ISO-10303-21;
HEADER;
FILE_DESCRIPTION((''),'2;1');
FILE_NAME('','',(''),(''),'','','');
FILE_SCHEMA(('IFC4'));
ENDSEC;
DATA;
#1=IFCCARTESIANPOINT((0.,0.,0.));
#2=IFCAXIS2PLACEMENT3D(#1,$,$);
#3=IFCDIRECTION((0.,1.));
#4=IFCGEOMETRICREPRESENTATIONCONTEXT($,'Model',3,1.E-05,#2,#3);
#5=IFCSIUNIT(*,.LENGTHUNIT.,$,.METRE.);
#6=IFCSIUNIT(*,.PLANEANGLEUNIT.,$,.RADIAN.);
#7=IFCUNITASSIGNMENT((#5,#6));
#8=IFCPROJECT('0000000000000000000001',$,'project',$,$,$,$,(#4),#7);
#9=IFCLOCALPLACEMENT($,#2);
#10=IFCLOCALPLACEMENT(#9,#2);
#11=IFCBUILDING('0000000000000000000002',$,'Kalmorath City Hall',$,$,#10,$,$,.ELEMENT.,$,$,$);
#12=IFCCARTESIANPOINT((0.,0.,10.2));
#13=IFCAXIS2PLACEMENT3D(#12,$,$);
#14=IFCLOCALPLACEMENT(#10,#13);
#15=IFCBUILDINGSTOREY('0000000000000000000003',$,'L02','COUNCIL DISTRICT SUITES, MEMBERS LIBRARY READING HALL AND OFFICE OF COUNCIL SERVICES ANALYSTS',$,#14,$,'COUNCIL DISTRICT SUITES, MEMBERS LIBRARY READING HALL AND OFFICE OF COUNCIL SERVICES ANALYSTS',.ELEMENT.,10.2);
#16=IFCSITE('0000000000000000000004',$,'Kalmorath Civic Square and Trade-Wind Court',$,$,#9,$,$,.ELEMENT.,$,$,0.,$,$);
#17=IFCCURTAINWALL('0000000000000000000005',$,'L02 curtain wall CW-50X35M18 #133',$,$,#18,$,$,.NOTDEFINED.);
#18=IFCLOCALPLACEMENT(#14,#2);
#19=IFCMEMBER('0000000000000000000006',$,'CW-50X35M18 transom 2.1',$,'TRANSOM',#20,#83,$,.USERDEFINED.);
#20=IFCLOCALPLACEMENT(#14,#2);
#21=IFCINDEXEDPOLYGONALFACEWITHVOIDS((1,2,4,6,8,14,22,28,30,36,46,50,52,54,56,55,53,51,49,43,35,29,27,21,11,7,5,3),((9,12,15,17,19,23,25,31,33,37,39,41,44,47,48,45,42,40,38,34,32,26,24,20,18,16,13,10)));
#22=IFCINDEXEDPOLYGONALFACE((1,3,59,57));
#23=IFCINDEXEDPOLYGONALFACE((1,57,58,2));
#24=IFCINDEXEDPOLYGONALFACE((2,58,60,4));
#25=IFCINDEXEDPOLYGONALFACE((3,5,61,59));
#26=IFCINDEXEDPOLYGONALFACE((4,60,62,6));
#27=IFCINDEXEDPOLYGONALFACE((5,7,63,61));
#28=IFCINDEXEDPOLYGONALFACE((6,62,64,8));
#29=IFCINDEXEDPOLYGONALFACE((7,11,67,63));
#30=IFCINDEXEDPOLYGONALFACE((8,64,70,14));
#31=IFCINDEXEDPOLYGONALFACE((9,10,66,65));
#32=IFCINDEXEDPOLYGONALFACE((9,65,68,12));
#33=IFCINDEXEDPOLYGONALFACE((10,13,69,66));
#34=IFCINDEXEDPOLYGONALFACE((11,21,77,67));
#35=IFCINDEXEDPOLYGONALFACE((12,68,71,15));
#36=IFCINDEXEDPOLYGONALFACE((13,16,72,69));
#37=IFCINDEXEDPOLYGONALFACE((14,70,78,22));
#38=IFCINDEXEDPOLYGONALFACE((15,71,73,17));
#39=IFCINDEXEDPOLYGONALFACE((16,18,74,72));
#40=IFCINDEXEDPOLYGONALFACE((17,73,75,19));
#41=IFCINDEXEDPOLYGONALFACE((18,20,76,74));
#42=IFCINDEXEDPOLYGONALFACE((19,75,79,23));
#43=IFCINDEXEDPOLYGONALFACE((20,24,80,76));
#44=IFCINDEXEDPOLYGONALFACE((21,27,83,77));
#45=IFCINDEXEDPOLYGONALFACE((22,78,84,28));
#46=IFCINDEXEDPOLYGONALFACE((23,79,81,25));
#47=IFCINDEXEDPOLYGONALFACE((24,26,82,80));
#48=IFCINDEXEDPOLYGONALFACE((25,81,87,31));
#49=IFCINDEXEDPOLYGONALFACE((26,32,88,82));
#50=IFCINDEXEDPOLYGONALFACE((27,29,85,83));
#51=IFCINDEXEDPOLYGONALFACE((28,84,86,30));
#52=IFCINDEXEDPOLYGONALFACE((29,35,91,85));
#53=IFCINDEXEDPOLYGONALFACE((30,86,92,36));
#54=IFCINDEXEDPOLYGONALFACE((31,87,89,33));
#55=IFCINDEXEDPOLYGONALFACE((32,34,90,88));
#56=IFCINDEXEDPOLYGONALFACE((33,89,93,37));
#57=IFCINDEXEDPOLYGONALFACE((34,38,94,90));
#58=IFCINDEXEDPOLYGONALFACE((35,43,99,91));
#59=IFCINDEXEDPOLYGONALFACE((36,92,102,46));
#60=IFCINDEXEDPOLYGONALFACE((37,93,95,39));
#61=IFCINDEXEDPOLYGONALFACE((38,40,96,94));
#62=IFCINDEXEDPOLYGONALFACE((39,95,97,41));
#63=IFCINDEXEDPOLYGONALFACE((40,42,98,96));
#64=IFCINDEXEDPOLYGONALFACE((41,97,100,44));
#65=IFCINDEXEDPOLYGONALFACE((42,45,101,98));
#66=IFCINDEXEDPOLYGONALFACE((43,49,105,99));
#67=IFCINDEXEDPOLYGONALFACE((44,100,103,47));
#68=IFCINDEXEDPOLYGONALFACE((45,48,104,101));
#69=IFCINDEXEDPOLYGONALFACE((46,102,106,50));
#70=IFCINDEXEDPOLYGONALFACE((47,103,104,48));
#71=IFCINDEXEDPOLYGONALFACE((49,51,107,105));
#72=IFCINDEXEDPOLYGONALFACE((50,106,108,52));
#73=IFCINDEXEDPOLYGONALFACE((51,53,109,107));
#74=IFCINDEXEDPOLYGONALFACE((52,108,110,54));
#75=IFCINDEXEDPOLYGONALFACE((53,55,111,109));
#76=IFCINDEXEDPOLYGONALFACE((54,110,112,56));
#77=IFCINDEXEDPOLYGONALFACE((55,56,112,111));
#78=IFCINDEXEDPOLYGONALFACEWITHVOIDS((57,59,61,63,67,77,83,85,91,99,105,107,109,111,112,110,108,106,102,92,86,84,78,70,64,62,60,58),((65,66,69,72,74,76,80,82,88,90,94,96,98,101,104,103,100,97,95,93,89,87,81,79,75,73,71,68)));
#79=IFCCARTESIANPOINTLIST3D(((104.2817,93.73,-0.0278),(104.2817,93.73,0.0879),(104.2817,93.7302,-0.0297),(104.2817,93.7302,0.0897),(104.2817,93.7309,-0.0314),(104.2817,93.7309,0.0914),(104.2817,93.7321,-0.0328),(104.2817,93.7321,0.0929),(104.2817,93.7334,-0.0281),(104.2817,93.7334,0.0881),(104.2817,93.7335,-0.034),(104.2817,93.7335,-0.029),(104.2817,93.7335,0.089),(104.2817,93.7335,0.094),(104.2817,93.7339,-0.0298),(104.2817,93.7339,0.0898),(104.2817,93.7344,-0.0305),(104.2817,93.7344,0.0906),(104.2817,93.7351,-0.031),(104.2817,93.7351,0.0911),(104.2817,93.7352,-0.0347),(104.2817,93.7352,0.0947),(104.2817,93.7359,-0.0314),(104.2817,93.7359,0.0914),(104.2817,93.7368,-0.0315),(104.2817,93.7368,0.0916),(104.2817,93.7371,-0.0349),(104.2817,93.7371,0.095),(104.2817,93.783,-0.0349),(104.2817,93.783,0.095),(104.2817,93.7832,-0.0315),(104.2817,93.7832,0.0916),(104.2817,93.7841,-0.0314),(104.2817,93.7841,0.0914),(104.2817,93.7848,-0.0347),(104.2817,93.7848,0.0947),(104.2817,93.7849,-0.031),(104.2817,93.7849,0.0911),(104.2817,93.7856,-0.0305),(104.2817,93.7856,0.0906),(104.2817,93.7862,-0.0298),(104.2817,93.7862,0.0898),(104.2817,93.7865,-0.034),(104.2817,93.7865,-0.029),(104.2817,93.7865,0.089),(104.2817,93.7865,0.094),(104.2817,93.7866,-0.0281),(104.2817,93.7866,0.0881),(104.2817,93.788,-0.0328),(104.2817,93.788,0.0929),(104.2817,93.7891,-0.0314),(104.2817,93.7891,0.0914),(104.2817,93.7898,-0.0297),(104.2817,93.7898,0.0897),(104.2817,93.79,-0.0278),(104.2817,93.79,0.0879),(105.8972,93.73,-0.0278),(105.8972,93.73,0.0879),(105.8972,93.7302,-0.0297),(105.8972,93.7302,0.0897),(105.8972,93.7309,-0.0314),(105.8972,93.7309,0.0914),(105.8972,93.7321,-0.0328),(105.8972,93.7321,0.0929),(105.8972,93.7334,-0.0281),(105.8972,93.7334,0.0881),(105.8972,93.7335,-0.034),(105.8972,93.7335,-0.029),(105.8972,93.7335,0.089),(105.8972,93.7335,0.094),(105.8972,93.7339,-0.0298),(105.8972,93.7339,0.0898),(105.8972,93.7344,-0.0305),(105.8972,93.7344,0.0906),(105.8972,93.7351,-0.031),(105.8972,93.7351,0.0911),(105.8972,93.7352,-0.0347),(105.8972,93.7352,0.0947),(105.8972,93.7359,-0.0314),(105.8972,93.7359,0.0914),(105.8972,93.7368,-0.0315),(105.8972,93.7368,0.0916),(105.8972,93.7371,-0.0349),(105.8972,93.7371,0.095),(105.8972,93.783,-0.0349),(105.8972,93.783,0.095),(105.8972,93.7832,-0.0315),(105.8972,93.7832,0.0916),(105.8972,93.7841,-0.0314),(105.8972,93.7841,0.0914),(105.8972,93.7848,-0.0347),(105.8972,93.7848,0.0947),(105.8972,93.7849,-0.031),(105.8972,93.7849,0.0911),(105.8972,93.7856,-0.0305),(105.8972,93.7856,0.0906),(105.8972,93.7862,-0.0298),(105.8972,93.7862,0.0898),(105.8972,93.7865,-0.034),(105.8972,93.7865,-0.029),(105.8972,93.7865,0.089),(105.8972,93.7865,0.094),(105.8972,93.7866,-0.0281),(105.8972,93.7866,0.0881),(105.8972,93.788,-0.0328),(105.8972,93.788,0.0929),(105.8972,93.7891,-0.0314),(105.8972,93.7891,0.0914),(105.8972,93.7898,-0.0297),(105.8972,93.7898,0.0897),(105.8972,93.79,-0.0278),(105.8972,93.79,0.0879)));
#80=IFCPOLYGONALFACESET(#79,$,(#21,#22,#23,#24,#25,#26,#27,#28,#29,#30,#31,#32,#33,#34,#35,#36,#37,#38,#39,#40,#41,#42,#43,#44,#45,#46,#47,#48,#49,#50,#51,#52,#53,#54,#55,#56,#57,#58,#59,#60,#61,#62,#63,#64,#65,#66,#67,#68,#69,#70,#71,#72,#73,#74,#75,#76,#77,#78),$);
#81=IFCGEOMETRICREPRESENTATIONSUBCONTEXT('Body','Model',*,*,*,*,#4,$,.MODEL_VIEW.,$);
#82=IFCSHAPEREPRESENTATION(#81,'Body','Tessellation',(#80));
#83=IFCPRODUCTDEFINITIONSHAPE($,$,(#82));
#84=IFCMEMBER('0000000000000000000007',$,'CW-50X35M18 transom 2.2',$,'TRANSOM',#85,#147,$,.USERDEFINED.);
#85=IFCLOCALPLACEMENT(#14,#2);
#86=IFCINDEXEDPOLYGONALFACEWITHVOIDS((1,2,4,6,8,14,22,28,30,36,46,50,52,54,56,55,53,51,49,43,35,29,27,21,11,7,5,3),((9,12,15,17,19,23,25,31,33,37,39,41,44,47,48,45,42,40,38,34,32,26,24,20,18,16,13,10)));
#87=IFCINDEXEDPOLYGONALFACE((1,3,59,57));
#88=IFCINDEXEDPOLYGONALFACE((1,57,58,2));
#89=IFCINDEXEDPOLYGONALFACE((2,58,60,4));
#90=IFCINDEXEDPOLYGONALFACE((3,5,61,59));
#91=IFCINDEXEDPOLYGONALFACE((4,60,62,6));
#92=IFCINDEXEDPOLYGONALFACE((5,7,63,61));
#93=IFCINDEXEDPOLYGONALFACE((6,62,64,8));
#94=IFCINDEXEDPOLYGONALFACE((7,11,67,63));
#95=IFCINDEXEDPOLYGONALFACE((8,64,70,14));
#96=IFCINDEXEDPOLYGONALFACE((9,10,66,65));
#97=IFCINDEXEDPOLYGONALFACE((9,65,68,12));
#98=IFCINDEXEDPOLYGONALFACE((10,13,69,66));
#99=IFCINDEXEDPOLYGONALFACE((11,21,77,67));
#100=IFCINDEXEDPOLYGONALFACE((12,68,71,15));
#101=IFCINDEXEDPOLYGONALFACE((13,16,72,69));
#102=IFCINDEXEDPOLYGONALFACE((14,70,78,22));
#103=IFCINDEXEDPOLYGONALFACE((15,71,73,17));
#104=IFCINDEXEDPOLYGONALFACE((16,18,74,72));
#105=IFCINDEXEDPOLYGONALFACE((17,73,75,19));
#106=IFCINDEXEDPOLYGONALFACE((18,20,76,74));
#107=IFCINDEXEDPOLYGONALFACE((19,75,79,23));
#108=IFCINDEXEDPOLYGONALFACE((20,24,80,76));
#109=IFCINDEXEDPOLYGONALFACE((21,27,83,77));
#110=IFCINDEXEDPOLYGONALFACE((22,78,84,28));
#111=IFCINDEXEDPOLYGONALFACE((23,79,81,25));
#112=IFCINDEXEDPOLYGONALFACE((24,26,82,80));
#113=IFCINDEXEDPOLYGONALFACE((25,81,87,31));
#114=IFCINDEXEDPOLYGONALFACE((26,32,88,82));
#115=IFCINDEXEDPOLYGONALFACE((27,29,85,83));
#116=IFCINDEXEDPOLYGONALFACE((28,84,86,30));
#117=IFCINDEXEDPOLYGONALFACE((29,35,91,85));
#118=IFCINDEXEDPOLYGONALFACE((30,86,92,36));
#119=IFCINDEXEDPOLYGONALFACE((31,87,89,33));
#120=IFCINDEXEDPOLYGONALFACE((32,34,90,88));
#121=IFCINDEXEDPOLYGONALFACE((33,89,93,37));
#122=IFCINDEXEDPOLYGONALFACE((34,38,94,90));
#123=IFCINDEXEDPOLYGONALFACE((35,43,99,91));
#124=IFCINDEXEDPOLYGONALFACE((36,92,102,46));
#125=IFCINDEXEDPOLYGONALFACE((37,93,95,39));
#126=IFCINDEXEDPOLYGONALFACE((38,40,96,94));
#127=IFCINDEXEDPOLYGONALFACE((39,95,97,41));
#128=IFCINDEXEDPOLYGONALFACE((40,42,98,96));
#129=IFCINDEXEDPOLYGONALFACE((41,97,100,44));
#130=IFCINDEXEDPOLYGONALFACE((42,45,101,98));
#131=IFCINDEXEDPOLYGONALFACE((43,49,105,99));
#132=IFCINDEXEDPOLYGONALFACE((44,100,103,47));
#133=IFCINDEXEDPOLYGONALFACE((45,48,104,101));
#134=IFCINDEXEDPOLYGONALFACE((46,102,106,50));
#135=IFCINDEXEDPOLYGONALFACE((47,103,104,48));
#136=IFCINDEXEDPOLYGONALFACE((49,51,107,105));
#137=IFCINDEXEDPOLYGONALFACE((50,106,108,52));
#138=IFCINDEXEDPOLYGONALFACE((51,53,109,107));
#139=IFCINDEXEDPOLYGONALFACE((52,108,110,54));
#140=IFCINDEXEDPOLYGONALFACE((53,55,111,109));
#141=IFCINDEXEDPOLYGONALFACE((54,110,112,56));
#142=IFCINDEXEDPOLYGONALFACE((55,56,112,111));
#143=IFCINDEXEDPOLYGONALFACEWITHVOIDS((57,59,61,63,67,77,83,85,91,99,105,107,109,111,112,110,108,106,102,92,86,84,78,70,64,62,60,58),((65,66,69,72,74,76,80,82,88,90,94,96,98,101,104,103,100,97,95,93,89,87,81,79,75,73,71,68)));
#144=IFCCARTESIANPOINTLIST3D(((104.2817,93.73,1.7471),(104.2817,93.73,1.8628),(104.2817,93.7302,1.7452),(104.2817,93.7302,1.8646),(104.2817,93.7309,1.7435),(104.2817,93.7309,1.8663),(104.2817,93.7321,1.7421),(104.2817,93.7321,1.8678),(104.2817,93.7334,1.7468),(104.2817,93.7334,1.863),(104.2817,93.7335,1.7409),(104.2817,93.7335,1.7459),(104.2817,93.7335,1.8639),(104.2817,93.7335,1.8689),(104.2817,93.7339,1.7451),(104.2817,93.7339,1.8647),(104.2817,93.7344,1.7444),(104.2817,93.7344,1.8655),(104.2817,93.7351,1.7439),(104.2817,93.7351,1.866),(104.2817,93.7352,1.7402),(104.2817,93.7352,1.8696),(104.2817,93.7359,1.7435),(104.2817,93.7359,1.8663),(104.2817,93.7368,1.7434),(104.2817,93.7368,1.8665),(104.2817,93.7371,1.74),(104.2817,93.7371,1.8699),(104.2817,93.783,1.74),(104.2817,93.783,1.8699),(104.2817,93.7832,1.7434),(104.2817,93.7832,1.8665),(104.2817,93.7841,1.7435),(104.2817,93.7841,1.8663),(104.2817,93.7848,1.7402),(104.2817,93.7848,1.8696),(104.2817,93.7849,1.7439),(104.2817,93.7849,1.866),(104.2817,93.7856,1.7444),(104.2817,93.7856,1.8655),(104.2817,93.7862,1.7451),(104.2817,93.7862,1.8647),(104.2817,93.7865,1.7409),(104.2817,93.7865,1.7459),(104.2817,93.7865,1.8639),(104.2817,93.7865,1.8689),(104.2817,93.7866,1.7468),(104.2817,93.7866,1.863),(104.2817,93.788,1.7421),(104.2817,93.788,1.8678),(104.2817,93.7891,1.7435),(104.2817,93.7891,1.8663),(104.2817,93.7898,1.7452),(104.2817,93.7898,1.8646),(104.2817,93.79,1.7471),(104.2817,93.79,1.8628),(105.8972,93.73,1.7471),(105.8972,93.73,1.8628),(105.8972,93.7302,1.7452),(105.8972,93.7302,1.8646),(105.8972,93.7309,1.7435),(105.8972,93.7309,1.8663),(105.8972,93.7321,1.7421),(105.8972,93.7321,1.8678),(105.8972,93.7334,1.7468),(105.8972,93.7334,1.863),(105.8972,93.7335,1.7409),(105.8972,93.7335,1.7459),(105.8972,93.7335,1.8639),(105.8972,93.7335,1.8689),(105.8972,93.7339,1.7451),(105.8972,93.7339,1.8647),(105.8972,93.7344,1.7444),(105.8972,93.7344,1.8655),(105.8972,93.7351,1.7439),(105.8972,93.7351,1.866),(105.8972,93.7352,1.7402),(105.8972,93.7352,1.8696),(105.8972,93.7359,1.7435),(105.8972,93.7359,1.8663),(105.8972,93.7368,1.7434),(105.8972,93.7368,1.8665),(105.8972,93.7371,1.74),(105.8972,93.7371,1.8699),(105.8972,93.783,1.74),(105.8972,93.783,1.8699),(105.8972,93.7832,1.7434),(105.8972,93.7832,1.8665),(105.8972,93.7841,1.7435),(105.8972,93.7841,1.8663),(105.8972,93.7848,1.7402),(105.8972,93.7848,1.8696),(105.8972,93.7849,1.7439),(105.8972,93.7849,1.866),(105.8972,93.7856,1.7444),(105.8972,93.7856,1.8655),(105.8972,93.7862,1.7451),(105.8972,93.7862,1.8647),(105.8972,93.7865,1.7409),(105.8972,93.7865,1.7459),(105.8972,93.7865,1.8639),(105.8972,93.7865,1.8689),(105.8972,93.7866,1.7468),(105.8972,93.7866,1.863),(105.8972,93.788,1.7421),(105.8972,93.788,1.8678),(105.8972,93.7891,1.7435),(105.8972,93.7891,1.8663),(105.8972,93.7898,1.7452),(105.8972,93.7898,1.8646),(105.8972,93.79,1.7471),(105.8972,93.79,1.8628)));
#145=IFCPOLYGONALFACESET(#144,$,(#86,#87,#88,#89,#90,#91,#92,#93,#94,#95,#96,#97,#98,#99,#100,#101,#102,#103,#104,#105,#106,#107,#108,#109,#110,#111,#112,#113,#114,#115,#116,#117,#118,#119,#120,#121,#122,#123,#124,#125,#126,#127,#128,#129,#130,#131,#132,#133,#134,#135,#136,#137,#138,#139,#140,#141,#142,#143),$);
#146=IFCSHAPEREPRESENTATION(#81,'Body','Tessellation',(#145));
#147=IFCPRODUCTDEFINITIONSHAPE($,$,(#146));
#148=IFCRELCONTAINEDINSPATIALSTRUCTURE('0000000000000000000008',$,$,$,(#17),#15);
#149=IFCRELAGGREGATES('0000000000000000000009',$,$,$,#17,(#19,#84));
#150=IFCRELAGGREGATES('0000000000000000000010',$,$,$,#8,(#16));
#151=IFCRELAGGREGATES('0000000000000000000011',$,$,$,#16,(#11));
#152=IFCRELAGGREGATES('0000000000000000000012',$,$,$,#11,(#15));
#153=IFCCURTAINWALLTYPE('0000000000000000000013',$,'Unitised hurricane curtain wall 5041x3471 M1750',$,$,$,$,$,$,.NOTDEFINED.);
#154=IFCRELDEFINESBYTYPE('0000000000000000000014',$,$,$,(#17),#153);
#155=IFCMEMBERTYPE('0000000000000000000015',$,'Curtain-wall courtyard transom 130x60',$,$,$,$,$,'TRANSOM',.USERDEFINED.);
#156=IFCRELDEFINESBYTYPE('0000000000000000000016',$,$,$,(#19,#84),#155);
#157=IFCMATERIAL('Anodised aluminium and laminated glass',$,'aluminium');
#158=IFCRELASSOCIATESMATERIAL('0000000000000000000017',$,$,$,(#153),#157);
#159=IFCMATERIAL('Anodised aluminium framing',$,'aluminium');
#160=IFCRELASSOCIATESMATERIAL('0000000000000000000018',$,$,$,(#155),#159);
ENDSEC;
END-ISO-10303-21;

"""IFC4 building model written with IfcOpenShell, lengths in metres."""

from ifc_helpers import new_model, si_unit, direction, frame, origin, origin_2d, place, context, subcontext, project, spatial, hollow_rectangle, extrude, material, material_profile, profile_set, type_object, element, aggregate, save


model = new_model("IFC4")

# Units and contexts
model_context = context("Model", 3, precision=1e-05, world=origin(), true_north=direction((0.0, 1.0)))
body_context = subcontext(model_context, "Body", "Model", "MODEL_VIEW")
ifc_project = project(units=[si_unit("LENGTHUNIT", "METRE"), si_unit("PLANEANGLEUNIT", "RADIAN")], contexts=[model_context])

# Site, building, storey
site_placement = place(None, origin())
site = spatial("IfcSite", under=ifc_project, at=site_placement, Name="Kalmorath Civic Square and Trade-Wind Court", CompositionType="ELEMENT", RefElevation=0.0)
building_placement = place(site_placement, origin())
building = spatial("IfcBuilding", under=site, at=building_placement, Name="Kalmorath City Hall", CompositionType="ELEMENT")
storey_placement = place(building_placement, frame((0.0, 0.0, 10.2)))
storey = spatial("IfcBuildingStorey", under=building, at=storey_placement, Name="L02", Description="COUNCIL DISTRICT SUITES, MEMBERS LIBRARY READING HALL AND OFFICE OF COUNCIL SERVICES ANALYSTS", LongName="COUNCIL DISTRICT SUITES, MEMBERS LIBRARY READING HALL AND OFFICE OF COUNCIL SERVICES ANALYSTS", CompositionType="ELEMENT", Elevation=10.2)

# Curtain wall
ifc_material_1 = material(Name="Anodised aluminium and laminated glass", Category="aluminium")
curtain_wall_type_1 = type_object("IfcCurtainWallType", Name="Unitised hurricane curtain wall 5041x3471 M1750", PredefinedType="NOTDEFINED", material=ifc_material_1)
curtain_wall_1_placement = place(storey_placement, origin())
curtain_wall_1 = element("IfcCurtainWall", 1, at=curtain_wall_1_placement, inside=storey, type_object=curtain_wall_type_1, Name="L02 curtain wall CW-50X35M18 #133", PredefinedType="NOTDEFINED")
ifc_material_2 = material(Name="Anodised aluminium framing", Category="aluminium")
ifc_material_profile_1 = material_profile(ifc_material_2, hollow_rectangle(XDim=0.0601, YDim=0.1299, WallThickness=0.0034, InnerFilletRadius=0.0034, OuterFilletRadius=0.0071, at=origin_2d()), Name="ALU-TRN-130X60X3.5")
ifc_profile_set_1 = profile_set([ifc_material_profile_1], Name="Anodised aluminium framing")
member_type_1 = type_object("IfcMemberType", Name="Curtain-wall courtyard transom 130x60", ElementType="TRANSOM", PredefinedType="USERDEFINED", material=ifc_profile_set_1)

# Members
member_1_placement = place(storey_placement, frame((105.8972, 93.76, 0.03), z_axis=(-1.0, 0.0, 0.0), x_axis=(0.0, -1.0, 0.0)))
member_1 = element("IfcMember", 2, at=member_1_placement, type_object=member_type_1, Name="CW-50X35M18 transom 2.1", ObjectType="TRANSOM", PredefinedType="USERDEFINED", context=body_context, shape_type="SweptSolid", body=[
    extrude(hollow_rectangle(XDim=0.0601, YDim=0.1299, WallThickness=0.0034, InnerFilletRadius=0.0034, OuterFilletRadius=0.0071, at=origin_2d()), origin(), (0.0, 0.0, 1.0), 1.6155),
])
member_2_placement = place(storey_placement, frame((105.8972, 93.76, 1.8049), z_axis=(-1.0, 0.0, 0.0), x_axis=(0.0, -1.0, 0.0)))
member_2 = element("IfcMember", 3, at=member_2_placement, type_object=member_type_1, Name="CW-50X35M18 transom 2.2", ObjectType="TRANSOM", PredefinedType="USERDEFINED", context=body_context, shape_type="SweptSolid", body=[
    extrude(hollow_rectangle(XDim=0.0601, YDim=0.1299, WallThickness=0.0034, InnerFilletRadius=0.0034, OuterFilletRadius=0.0071, at=origin_2d()), origin(), (0.0, 0.0, 1.0), 1.6155),
])

aggregate(curtain_wall_1, [member_1, member_2])

save(model, "model.ifc")
